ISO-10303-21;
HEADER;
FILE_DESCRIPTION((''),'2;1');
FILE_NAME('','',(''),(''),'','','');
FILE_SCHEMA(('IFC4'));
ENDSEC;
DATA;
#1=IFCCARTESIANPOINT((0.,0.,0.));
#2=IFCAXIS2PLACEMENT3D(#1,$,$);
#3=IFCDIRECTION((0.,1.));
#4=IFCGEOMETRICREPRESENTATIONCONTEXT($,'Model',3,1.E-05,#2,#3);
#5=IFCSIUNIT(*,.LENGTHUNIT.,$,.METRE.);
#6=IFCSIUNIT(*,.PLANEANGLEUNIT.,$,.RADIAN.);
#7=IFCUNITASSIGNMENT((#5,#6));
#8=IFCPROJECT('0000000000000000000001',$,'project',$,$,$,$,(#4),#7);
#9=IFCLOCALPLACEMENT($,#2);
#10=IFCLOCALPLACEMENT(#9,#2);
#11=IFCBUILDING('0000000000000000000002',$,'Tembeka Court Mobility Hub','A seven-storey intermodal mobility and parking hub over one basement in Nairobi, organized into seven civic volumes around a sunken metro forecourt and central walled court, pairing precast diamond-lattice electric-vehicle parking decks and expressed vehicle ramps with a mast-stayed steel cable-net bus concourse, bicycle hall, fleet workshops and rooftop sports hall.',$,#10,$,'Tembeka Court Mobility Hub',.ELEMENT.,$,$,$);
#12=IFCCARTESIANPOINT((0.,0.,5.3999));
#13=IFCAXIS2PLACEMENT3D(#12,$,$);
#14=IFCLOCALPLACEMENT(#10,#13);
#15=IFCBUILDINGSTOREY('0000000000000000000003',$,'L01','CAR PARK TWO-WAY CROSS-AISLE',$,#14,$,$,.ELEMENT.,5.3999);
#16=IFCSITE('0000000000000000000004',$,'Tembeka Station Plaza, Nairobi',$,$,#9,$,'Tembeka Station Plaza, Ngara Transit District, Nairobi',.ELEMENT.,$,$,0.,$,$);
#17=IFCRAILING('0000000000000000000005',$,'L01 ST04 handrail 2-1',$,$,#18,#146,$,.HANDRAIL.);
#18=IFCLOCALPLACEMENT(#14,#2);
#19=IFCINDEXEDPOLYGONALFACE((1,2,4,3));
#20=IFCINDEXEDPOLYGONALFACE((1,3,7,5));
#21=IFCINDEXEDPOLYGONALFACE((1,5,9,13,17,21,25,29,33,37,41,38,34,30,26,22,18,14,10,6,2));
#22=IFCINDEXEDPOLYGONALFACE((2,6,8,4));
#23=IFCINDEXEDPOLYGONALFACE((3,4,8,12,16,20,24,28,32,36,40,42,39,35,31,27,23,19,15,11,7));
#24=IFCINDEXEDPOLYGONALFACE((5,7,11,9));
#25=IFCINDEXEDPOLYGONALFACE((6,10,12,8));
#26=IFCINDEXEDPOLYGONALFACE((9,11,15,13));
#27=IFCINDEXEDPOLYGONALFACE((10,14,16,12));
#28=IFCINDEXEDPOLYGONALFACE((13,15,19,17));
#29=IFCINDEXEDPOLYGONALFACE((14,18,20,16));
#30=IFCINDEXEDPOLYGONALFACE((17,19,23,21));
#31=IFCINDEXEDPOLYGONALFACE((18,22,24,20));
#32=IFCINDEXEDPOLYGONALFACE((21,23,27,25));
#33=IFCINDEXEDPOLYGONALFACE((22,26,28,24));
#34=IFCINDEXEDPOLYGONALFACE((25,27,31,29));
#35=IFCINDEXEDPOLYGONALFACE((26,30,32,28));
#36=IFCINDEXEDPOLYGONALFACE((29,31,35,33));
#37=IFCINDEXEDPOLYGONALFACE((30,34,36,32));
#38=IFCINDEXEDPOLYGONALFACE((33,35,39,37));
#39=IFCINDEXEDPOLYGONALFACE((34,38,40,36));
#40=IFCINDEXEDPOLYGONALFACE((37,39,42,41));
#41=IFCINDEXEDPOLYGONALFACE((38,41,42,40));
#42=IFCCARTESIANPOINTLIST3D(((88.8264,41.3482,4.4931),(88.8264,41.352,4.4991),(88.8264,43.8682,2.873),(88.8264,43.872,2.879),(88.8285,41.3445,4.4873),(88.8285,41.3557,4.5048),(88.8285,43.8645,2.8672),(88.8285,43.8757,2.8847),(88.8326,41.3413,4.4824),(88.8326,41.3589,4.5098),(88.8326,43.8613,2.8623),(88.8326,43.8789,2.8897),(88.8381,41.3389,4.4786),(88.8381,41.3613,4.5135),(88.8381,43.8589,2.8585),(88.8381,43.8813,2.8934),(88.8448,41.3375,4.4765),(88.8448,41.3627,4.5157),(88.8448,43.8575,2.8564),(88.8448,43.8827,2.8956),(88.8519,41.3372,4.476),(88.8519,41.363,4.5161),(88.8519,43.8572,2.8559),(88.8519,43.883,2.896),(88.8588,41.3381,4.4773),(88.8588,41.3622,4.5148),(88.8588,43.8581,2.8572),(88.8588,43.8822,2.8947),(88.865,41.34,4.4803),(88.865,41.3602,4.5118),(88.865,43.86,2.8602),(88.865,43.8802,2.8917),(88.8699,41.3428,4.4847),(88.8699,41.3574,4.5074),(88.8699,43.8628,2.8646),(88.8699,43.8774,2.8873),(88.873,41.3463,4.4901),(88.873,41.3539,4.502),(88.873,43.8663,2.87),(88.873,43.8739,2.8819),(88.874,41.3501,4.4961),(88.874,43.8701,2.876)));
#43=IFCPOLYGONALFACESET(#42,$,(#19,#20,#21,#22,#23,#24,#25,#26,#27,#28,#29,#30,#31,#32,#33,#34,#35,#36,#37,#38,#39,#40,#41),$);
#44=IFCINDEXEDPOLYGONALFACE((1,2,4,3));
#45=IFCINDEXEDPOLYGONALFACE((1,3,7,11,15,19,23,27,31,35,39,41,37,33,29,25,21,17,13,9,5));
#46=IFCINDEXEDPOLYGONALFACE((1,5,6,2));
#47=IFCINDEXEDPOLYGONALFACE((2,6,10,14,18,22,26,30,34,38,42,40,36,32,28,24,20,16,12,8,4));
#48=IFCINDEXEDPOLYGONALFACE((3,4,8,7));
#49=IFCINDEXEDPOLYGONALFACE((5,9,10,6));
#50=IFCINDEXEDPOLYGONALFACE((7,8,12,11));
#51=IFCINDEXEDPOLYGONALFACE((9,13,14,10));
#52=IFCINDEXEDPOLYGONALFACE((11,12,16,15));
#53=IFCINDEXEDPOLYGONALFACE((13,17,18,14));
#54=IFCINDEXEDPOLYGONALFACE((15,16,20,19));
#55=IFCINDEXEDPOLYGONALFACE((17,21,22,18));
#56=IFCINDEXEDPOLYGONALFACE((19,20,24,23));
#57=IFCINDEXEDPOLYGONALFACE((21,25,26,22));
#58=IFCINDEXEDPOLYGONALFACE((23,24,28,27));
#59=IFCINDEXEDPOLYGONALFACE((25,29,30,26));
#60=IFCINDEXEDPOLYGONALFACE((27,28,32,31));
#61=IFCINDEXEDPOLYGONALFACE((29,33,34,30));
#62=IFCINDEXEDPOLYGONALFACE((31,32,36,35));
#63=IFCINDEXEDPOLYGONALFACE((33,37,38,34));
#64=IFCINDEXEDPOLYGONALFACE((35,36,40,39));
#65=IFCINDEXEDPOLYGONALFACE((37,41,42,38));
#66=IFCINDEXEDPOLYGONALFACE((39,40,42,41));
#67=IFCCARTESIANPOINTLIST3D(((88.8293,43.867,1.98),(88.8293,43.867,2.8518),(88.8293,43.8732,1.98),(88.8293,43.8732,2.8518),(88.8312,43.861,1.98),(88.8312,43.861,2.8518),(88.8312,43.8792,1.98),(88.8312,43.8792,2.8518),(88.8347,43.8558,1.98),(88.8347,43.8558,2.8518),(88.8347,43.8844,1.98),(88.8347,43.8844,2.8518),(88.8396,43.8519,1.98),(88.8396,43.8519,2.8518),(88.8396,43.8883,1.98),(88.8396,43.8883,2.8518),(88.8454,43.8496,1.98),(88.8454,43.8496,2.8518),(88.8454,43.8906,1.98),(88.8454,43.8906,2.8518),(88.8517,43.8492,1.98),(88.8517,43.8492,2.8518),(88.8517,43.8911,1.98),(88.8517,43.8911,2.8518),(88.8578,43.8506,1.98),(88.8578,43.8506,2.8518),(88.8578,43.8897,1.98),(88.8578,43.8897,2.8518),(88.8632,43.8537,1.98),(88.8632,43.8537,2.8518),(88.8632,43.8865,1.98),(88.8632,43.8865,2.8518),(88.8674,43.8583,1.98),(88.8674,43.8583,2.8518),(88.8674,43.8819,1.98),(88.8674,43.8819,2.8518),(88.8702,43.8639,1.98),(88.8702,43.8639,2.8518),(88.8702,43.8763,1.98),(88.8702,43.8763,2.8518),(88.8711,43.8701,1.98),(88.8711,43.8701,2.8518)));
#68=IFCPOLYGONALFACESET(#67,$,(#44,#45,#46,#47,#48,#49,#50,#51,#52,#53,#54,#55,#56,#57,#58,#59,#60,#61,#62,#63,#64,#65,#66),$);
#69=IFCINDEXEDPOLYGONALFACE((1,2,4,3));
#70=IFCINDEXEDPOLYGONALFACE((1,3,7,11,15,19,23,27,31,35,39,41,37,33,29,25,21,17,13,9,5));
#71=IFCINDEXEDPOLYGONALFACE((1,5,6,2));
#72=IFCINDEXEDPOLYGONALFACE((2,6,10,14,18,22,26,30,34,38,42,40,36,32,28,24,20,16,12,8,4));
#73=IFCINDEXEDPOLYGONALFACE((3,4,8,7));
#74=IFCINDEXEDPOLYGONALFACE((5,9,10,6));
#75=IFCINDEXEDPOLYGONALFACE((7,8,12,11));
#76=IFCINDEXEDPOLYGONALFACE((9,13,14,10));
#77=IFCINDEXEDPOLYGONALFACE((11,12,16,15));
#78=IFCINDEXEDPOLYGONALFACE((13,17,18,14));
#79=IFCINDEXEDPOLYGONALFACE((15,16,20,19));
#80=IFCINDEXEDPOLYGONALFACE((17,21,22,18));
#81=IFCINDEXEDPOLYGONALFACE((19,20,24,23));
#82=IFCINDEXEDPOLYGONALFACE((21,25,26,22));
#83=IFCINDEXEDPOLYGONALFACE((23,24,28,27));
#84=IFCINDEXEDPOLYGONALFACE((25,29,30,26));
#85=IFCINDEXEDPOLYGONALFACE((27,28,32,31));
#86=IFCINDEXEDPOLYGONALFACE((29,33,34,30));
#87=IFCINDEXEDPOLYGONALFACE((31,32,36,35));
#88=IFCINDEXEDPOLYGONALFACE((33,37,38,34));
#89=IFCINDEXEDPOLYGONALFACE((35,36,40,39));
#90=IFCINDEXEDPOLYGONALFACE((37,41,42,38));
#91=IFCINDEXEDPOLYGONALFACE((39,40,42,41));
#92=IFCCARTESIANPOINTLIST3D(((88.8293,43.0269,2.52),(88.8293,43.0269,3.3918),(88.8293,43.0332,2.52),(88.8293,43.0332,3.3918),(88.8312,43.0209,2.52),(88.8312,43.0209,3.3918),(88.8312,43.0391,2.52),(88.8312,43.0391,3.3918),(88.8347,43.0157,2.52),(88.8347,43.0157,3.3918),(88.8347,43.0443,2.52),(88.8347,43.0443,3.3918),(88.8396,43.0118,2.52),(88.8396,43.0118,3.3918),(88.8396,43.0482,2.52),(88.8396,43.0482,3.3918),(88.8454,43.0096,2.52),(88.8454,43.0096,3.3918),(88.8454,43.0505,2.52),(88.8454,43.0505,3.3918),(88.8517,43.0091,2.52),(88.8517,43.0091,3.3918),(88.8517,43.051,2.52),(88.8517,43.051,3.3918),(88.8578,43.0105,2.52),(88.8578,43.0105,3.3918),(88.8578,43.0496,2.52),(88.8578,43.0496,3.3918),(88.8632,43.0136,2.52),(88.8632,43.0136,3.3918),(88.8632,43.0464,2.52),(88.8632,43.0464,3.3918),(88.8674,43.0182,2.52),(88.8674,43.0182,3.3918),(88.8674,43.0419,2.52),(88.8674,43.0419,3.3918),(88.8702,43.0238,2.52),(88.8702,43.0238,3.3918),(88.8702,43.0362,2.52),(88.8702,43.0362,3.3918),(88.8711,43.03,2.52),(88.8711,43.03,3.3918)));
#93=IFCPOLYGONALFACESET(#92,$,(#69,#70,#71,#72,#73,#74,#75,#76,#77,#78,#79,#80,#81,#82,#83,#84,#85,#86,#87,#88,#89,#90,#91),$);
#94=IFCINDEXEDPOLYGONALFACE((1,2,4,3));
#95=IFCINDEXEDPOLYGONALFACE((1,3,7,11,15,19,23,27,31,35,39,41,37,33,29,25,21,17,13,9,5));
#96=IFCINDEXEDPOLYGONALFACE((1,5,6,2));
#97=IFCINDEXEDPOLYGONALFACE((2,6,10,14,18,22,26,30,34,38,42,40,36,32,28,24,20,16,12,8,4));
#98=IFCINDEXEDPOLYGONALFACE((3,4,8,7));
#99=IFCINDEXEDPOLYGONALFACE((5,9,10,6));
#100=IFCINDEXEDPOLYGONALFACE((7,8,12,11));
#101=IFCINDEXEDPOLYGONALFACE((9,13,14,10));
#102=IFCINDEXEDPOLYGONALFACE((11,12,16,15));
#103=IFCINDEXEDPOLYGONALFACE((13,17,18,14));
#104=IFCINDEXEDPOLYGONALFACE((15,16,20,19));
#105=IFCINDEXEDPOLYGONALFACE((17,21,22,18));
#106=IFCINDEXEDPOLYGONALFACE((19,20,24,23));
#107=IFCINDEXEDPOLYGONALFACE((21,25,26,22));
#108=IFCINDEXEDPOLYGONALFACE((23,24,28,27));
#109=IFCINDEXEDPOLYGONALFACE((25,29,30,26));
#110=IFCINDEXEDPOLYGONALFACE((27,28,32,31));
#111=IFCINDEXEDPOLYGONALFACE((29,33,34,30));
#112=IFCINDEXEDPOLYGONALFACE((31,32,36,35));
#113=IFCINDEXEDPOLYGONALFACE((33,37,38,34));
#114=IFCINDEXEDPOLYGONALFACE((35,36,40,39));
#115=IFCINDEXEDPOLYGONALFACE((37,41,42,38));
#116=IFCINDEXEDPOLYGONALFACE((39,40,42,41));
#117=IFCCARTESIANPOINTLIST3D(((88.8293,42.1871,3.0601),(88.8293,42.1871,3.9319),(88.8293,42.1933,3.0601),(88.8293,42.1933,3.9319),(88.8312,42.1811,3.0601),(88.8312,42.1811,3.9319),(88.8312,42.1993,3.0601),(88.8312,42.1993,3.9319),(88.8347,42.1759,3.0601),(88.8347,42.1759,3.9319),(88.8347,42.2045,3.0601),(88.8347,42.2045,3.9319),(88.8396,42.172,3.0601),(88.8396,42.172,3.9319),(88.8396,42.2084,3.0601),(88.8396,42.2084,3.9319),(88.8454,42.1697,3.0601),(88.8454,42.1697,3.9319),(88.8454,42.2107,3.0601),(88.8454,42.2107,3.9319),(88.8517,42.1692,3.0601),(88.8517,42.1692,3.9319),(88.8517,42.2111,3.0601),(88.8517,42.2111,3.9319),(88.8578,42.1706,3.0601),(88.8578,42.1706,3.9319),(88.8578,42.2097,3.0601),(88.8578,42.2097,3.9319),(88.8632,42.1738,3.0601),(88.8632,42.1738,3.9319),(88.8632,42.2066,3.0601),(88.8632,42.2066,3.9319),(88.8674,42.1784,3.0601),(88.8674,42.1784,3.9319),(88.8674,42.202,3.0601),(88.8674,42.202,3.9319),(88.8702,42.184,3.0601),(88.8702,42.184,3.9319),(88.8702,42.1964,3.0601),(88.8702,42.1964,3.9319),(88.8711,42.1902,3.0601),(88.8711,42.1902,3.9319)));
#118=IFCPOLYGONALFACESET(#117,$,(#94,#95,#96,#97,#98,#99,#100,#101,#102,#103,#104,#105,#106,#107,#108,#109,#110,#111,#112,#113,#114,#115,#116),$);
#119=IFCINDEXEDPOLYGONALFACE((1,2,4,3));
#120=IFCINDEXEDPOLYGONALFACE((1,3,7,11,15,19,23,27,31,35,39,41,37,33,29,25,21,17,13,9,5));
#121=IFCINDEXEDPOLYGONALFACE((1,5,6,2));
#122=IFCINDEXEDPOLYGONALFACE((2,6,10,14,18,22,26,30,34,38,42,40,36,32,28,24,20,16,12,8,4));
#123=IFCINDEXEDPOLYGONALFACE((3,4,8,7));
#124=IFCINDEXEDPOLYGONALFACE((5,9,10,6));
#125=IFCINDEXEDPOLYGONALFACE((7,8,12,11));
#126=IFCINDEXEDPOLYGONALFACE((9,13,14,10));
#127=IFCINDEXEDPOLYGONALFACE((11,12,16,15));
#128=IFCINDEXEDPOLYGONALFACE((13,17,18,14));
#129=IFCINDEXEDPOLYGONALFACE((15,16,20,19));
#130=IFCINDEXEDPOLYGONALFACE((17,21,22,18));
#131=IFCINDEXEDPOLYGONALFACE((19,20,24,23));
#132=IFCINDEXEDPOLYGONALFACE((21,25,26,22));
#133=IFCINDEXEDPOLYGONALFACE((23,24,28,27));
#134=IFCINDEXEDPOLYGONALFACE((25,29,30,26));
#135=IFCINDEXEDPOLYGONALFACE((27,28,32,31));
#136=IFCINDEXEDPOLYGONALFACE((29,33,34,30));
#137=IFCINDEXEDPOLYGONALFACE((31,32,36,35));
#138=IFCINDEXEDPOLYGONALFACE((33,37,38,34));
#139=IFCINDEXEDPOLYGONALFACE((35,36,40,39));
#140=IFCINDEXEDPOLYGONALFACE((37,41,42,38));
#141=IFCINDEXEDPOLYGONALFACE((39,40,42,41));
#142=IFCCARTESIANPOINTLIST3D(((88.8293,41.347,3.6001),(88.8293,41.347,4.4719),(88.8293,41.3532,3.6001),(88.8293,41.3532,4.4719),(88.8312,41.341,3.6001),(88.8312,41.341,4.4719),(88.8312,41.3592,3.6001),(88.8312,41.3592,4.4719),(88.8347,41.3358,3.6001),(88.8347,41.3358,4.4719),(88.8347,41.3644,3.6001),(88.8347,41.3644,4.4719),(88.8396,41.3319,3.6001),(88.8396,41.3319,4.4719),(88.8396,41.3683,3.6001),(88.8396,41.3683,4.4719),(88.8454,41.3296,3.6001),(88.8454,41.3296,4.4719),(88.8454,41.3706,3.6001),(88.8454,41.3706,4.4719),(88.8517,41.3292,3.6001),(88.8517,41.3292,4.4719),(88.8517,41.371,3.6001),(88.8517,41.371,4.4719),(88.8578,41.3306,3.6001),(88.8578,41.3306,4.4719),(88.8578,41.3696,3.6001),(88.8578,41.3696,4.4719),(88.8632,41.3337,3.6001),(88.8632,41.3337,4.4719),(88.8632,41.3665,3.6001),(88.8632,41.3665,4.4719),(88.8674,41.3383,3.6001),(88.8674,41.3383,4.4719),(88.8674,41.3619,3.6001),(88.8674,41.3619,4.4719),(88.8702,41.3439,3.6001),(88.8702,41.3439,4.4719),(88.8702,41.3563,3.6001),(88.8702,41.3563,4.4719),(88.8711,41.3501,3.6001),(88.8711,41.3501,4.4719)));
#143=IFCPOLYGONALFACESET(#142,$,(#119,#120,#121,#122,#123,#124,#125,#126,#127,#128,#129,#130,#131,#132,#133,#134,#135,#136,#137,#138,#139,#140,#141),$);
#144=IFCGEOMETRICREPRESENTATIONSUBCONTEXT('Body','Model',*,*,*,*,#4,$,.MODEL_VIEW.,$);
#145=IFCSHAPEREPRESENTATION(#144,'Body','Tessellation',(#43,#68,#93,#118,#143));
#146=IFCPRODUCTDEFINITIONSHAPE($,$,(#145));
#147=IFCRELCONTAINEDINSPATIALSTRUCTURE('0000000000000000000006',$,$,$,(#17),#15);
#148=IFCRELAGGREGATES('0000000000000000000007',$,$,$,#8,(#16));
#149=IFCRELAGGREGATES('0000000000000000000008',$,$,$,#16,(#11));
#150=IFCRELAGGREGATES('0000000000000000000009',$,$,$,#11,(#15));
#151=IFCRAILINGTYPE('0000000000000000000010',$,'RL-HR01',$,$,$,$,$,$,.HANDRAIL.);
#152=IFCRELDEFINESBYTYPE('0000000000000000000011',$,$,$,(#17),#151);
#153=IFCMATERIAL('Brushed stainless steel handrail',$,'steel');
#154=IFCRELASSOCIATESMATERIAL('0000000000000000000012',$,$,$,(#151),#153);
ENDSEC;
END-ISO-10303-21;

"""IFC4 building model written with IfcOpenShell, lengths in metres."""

from ifc_helpers import new_model, si_unit, direction, frame, origin, origin_2d, place, context, subcontext, project, spatial, circle, extrude, material, type_object, element, save


model = new_model("IFC4")

# Units and contexts
model_context = context("Model", 3, precision=1e-05, world=origin(), true_north=direction((0.0, 1.0)))
body_context = subcontext(model_context, "Body", "Model", "MODEL_VIEW")
ifc_project = project(units=[si_unit("LENGTHUNIT", "METRE"), si_unit("PLANEANGLEUNIT", "RADIAN")], contexts=[model_context])

# Site, building, storey
site_placement = place(None, origin())
site = spatial("IfcSite", under=ifc_project, at=site_placement, Name="Tembeka Station Plaza, Nairobi", LongName="Tembeka Station Plaza, Ngara Transit District, Nairobi", CompositionType="ELEMENT", RefElevation=0.0)
building_placement = place(site_placement, origin())
building = spatial("IfcBuilding", under=site, at=building_placement, Name="Tembeka Court Mobility Hub", Description="A seven-storey intermodal mobility and parking hub over one basement in Nairobi, organized into seven civic volumes around a sunken metro forecourt and central walled court, pairing precast diamond-lattice electric-vehicle parking decks and expressed vehicle ramps with a mast-stayed steel cable-net bus concourse, bicycle hall, fleet workshops and rooftop sports hall.", LongName="Tembeka Court Mobility Hub", CompositionType="ELEMENT")
storey_placement = place(building_placement, frame((0.0, 0.0, 5.3999)))
storey = spatial("IfcBuildingStorey", under=building, at=storey_placement, Name="L01", Description="CAR PARK TWO-WAY CROSS-AISLE", CompositionType="ELEMENT", Elevation=5.3999)

# Railing
ifc_material_1 = material(Name="Brushed stainless steel handrail", Category="steel")
railing_type_1 = type_object("IfcRailingType", Name="RL-HR01", PredefinedType="HANDRAIL", material=ifc_material_1)
railing_1_placement = place(storey_placement, frame((88.8501, 43.8701, 1.98)))
element("IfcRailing", 1, at=railing_1_placement, inside=storey, type_object=railing_type_1, Name="L01 ST04 handrail 2-1", PredefinedType="HANDRAIL", context=body_context, shape_type="SweptSolid", body=[
    extrude(circle(Radius=0.0239, at=origin_2d()), frame((0.0, 0.0, 0.896), z_axis=(0.0, -0.841163, 0.540782), x_axis=(1.0, 0.0, 0.0)), (0.0, 0.0, 1.0), 2.9958),
    extrude(circle(Radius=0.021, at=origin_2d()), origin(), (0.0, 0.0, 1.0), 0.8718),
    extrude(circle(Radius=0.021, at=origin_2d()), frame((0.0, -0.8401, 0.54)), (0.0, 0.0, 1.0), 0.8718),
    extrude(circle(Radius=0.021, at=origin_2d()), frame((0.0, -1.6799, 1.0801)), (0.0, 0.0, 1.0), 0.8718),
    extrude(circle(Radius=0.021, at=origin_2d()), frame((0.0, -2.52, 1.6201)), (0.0, 0.0, 1.0), 0.8718),
])

save(model, "model.ifc")
